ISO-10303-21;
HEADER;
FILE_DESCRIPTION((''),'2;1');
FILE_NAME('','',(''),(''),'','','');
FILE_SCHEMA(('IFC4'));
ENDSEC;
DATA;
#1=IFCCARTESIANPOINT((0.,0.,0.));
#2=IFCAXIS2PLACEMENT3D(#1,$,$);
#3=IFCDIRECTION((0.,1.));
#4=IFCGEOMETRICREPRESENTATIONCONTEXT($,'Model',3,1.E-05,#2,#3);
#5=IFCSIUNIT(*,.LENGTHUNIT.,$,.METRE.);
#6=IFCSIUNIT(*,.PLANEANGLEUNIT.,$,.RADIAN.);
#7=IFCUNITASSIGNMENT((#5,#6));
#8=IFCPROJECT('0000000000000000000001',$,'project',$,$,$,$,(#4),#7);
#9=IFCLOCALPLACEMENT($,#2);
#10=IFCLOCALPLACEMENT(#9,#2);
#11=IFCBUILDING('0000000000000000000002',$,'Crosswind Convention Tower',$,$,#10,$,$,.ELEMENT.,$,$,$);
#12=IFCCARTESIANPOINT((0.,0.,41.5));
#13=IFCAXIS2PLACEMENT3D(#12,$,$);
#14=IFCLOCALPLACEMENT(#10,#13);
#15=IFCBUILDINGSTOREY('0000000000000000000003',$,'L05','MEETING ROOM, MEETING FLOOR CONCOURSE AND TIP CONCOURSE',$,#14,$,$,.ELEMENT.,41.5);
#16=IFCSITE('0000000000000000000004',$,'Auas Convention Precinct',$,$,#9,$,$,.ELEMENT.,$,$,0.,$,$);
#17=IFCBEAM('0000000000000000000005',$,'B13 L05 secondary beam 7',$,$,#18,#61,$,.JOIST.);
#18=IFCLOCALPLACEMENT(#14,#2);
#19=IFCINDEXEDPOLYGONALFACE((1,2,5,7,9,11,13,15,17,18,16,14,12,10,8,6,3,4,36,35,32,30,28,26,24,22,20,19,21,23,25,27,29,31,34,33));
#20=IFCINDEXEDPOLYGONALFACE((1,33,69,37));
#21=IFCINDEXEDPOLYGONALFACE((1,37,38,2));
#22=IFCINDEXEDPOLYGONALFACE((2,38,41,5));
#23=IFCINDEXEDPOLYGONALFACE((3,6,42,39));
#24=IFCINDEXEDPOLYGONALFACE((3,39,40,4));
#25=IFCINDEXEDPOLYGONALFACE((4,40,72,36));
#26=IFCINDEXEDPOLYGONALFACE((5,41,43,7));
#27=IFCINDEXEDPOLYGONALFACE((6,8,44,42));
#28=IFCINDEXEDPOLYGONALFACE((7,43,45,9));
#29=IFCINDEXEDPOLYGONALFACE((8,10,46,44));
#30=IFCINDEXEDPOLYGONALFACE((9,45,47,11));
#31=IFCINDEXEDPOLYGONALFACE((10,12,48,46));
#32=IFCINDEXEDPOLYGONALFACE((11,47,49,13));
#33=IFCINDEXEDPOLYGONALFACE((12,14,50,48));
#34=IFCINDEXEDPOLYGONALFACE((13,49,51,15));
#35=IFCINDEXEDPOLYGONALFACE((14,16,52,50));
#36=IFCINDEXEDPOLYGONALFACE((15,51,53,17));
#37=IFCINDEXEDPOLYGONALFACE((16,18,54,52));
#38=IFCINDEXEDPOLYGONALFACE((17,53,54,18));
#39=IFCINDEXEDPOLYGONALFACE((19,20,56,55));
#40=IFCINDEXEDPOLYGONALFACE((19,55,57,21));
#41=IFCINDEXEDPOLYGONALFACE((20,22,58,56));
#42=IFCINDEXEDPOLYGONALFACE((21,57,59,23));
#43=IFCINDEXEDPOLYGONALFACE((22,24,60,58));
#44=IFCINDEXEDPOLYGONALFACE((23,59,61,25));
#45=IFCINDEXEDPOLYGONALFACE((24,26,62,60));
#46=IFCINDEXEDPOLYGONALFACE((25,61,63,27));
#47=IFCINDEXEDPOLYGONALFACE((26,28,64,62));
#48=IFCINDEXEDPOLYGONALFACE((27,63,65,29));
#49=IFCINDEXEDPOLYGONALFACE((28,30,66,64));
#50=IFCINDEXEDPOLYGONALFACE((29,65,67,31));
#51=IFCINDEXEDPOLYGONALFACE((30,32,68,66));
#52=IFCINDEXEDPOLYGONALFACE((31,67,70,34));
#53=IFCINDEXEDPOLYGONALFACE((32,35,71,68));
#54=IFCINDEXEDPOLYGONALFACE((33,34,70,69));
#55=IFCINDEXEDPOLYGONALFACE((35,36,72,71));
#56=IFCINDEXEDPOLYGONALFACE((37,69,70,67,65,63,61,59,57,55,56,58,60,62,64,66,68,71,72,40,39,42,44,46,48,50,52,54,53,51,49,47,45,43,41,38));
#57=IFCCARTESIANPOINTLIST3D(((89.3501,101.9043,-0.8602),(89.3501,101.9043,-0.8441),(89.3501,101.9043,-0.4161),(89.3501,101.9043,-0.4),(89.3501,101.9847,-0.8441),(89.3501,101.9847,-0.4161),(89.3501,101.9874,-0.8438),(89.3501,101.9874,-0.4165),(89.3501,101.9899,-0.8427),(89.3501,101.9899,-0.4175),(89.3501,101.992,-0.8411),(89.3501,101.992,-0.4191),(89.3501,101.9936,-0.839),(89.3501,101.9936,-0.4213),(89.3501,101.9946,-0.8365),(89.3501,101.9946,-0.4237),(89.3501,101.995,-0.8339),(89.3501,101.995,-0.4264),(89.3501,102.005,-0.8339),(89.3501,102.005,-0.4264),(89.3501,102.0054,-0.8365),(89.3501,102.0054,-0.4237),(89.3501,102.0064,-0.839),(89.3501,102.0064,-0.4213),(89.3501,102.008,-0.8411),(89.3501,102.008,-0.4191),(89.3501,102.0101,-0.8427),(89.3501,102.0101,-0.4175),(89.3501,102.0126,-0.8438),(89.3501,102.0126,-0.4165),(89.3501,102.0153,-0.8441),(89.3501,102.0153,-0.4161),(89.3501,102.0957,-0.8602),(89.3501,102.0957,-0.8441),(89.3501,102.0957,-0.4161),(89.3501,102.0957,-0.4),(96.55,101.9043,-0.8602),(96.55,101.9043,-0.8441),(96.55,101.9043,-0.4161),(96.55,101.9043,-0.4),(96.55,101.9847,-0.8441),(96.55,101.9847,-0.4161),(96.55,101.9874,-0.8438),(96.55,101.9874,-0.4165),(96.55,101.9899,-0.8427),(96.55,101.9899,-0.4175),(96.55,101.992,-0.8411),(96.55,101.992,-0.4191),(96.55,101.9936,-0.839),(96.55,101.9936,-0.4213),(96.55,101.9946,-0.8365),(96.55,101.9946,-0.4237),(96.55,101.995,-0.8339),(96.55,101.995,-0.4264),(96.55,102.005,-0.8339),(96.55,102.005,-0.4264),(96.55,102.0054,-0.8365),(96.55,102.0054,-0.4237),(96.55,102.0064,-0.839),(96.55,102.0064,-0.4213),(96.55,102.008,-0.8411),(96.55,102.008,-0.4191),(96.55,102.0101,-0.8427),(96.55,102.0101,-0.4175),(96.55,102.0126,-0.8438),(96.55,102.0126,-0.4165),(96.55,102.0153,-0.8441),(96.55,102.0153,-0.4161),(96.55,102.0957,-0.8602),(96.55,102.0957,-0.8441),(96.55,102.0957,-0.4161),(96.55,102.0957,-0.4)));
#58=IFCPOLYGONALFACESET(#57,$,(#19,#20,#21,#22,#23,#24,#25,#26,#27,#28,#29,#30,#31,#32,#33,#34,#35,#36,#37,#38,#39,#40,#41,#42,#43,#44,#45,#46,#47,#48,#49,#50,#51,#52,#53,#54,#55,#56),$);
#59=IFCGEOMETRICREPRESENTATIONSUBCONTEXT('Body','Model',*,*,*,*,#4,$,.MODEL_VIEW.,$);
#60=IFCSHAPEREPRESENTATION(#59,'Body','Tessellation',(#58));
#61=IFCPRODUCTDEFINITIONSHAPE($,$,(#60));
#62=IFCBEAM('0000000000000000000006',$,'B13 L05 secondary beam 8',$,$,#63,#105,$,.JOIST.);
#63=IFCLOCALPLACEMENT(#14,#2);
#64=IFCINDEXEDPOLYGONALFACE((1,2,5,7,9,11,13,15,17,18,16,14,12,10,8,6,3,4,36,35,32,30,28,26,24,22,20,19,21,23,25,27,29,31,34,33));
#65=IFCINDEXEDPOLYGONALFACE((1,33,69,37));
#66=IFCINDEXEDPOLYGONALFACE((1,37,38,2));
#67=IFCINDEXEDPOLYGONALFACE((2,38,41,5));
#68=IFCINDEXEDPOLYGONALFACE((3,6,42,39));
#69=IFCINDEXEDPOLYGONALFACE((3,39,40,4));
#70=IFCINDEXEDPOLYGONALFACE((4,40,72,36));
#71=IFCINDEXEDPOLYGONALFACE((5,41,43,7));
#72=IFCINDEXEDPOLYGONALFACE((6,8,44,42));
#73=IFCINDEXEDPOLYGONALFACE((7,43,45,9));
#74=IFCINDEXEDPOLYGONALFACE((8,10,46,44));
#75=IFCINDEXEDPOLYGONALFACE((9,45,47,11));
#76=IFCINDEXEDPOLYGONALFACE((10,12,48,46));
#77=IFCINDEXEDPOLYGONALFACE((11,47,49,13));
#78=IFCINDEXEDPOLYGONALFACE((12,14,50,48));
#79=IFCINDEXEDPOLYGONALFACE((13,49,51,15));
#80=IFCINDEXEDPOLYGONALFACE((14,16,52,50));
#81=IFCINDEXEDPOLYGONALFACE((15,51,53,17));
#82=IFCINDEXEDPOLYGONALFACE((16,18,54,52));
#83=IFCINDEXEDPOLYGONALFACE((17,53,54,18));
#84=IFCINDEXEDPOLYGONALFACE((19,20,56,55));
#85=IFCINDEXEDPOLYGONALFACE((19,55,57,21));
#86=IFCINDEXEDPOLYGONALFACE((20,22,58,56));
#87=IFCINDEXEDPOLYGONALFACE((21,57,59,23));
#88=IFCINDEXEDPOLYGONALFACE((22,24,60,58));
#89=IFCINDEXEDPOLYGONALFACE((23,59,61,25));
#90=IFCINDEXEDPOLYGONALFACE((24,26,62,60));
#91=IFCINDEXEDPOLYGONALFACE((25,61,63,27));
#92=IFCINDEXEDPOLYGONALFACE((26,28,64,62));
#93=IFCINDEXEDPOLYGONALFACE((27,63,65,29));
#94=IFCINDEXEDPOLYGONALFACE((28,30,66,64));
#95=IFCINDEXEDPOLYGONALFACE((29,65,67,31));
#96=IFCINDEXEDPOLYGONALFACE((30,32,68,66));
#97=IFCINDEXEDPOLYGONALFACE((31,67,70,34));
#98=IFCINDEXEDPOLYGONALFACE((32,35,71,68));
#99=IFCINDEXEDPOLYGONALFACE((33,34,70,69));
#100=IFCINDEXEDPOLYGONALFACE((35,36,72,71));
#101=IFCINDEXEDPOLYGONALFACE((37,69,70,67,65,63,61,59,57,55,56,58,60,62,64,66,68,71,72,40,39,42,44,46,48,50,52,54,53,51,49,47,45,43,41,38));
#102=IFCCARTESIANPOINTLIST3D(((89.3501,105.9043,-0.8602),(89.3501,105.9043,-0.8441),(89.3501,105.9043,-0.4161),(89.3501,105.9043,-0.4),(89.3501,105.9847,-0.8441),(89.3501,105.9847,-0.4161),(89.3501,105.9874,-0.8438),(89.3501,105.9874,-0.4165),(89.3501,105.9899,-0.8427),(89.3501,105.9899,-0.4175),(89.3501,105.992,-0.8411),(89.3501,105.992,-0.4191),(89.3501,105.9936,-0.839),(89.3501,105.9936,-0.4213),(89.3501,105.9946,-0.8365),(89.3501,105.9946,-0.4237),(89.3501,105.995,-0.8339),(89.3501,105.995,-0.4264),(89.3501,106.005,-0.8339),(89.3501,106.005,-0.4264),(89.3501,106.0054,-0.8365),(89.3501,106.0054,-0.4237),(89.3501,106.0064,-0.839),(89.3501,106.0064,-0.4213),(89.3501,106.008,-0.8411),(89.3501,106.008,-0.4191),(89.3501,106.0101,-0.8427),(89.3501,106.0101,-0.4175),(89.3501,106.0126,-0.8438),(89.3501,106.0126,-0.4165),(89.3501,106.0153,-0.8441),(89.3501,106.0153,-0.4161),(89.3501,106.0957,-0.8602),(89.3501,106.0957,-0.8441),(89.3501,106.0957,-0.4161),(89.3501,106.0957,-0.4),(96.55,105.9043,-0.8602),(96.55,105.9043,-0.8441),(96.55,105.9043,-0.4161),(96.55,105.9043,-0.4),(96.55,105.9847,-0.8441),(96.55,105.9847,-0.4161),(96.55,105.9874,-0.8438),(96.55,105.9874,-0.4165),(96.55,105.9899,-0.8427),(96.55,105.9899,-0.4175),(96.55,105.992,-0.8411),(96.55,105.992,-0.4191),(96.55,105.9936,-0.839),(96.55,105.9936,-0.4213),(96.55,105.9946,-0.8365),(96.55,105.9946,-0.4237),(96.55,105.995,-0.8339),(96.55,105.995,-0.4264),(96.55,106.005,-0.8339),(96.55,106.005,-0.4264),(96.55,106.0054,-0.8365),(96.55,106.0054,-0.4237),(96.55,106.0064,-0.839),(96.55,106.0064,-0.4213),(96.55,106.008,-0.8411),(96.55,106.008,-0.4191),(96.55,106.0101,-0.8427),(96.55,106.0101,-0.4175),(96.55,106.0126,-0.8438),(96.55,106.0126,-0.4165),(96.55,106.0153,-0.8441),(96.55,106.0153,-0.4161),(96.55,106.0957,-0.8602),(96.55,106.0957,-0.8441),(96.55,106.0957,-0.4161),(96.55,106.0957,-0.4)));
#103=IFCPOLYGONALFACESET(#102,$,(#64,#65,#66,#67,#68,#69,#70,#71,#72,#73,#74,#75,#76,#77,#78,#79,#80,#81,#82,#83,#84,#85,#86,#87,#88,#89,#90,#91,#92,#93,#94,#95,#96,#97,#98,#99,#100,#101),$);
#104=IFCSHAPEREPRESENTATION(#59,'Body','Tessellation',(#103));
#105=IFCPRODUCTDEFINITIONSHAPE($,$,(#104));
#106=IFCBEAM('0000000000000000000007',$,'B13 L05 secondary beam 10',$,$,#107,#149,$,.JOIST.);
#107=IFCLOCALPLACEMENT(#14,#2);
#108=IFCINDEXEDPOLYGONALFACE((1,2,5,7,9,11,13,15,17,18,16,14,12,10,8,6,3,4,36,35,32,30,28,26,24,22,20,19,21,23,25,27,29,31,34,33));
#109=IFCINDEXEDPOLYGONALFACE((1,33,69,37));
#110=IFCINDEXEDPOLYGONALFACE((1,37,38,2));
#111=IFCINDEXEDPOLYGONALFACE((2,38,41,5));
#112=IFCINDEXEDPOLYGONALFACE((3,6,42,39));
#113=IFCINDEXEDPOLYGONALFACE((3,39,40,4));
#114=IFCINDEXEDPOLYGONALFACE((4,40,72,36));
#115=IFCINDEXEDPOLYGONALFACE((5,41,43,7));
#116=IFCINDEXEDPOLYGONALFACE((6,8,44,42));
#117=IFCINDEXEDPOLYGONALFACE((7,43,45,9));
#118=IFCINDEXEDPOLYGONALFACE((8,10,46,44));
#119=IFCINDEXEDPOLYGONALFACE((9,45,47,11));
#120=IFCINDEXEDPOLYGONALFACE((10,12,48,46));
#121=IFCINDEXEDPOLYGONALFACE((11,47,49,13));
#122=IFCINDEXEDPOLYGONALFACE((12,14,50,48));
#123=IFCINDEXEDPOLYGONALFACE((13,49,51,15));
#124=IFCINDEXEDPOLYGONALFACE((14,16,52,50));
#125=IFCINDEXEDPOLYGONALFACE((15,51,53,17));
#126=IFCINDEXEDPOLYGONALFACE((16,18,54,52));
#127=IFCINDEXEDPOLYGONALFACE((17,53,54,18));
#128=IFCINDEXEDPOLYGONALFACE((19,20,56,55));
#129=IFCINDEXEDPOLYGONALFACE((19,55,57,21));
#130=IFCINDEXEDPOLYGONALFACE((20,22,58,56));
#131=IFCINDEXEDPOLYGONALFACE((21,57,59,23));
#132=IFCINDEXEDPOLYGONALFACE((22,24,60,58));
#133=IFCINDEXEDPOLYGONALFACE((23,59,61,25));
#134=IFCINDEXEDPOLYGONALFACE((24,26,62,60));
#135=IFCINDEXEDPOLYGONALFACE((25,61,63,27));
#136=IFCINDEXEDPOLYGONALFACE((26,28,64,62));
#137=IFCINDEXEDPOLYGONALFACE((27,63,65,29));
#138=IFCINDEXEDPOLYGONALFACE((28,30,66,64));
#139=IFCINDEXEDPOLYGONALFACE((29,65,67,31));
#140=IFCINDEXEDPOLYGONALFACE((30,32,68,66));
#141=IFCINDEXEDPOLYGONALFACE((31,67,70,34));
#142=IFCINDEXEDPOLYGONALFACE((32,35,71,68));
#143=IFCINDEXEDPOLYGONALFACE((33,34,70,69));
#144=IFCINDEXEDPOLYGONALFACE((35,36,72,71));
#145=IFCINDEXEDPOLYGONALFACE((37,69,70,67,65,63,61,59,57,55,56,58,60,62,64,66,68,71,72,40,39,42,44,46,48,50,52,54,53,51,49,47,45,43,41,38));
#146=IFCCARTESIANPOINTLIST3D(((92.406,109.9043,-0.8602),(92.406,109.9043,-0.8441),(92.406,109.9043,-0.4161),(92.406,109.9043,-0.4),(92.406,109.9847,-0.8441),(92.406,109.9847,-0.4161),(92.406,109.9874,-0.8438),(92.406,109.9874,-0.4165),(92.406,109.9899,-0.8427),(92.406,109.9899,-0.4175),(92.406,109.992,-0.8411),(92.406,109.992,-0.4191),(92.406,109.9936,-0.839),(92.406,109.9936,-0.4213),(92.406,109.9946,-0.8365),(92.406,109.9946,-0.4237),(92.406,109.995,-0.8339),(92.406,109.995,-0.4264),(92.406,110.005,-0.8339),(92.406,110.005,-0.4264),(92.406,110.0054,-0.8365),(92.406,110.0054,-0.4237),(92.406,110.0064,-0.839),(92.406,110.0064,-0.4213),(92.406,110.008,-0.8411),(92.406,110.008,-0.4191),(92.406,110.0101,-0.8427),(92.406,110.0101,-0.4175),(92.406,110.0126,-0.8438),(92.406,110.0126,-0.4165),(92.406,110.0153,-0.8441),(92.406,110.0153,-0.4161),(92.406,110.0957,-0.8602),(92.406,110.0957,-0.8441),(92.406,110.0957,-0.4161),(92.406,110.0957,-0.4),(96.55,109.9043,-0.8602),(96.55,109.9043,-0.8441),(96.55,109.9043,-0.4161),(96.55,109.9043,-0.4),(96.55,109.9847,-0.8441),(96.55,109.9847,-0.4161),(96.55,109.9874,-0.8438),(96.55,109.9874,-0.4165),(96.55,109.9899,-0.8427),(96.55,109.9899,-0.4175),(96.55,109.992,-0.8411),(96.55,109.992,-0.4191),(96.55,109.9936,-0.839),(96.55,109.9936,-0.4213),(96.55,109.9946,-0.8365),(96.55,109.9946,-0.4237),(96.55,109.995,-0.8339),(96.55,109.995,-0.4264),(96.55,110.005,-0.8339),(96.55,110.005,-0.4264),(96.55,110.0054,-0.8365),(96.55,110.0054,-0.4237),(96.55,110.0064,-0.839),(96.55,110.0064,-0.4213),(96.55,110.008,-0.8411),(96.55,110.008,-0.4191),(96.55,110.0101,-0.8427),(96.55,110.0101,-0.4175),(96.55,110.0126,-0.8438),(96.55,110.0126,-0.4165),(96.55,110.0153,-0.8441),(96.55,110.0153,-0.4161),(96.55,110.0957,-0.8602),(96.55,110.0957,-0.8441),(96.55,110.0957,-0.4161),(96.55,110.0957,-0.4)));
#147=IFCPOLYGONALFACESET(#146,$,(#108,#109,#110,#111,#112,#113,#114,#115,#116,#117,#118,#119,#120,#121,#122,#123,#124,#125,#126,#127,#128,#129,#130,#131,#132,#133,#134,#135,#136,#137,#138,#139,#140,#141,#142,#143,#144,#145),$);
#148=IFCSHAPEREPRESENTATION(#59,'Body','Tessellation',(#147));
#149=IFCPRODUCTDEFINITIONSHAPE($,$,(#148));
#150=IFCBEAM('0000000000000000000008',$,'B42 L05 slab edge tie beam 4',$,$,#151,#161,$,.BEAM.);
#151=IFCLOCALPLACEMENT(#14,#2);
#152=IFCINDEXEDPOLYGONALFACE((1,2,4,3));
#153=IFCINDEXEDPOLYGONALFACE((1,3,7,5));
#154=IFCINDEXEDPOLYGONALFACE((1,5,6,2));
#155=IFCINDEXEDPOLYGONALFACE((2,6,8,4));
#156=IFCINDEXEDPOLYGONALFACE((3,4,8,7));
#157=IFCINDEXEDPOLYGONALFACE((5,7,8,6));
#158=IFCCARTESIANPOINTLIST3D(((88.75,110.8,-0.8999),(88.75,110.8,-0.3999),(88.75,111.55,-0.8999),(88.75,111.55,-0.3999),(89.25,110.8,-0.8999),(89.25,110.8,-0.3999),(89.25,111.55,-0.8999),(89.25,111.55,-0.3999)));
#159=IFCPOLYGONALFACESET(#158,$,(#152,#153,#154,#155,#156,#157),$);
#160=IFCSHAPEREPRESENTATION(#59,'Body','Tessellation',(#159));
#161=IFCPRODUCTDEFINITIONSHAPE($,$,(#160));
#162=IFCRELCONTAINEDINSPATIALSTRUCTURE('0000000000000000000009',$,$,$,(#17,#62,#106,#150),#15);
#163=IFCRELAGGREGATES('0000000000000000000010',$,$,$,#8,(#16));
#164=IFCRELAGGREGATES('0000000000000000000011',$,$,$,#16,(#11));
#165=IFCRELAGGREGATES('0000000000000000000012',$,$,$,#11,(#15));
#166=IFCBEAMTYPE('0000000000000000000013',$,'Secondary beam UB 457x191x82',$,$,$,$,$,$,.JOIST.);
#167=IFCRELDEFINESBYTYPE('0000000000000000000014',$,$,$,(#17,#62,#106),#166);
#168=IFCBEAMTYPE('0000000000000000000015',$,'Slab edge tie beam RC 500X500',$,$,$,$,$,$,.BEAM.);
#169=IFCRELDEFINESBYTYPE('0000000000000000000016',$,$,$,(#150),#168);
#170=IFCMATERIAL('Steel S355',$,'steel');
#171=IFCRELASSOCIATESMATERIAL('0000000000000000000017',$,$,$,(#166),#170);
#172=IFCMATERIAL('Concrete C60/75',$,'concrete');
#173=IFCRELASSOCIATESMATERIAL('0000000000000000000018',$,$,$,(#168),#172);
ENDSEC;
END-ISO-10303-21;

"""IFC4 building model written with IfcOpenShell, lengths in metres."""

from ifc_helpers import new_model, si_unit, direction, frame, origin, origin_2d, place, context, subcontext, project, spatial, rectangle, i_section, extrude, material, material_profile, profile_set, type_object, element, save


model = new_model("IFC4")

# Units and contexts
model_context = context("Model", 3, precision=1e-05, world=origin(), true_north=direction((0.0, 1.0)))
body_context = subcontext(model_context, "Body", "Model", "MODEL_VIEW")
ifc_project = project(units=[si_unit("LENGTHUNIT", "METRE"), si_unit("PLANEANGLEUNIT", "RADIAN")], contexts=[model_context])

# Site, building, storey
site_placement = place(None, origin())
site = spatial("IfcSite", under=ifc_project, at=site_placement, Name="Auas Convention Precinct", CompositionType="ELEMENT", RefElevation=0.0)
building_placement = place(site_placement, origin())
building = spatial("IfcBuilding", under=site, at=building_placement, Name="Crosswind Convention Tower", CompositionType="ELEMENT")
storey_placement = place(building_placement, frame((0.0, 0.0, 41.5)))
storey = spatial("IfcBuildingStorey", under=building, at=storey_placement, Name="L05", Description="MEETING ROOM, MEETING FLOOR CONCOURSE AND TIP CONCOURSE", CompositionType="ELEMENT", Elevation=41.5)

# Shared definitions
ifc_material_1 = material(Name="Concrete C60/75", Category="concrete")

# Beams
ifc_material_2 = material(Name="Steel S355", Category="steel")
ifc_material_profile_1 = material_profile(ifc_material_2, i_section(OverallWidth=0.1914, OverallDepth=0.4602, WebThickness=0.01, FlangeThickness=0.0161, FilletRadius=0.0103, at=origin_2d()), Name="UB 457x191x82")
ifc_profile_set_1 = profile_set([ifc_material_profile_1], Name="Steel S355")
beam_type_1 = type_object("IfcBeamType", Name="Secondary beam UB 457x191x82", PredefinedType="JOIST", material=ifc_profile_set_1)
for number, where, z_axis, x_axis, name in (
    (1, (89.3501, 102.0, -0.6301), (1.0, 0.0, 0.0), (0.0, 1.0, 0.0), "B13 L05 secondary beam 7"),
    (2, (89.3501, 106.0, -0.6301), (1.0, 0.0, 0.0), (0.0, 1.0, 0.0), "B13 L05 secondary beam 8"),
):
    element("IfcBeam", number, at=place(storey_placement, frame(where, z_axis=z_axis, x_axis=x_axis)), inside=storey, type_object=beam_type_1, Name=name, PredefinedType="JOIST", context=body_context, shape_type="SweptSolid", body=[
        extrude(i_section(OverallWidth=0.1914, OverallDepth=0.4602, WebThickness=0.01, FlangeThickness=0.0161, FilletRadius=0.0103, at=origin_2d()), origin(), (0.0, 0.0, 1.0), 7.2),
    ])
beam_1_placement = place(storey_placement, frame((92.406, 110.0, -0.6301), z_axis=(1.0, 0.0, 0.0), x_axis=(0.0, 1.0, 0.0)))
element("IfcBeam", 3, at=beam_1_placement, inside=storey, type_object=beam_type_1, Name="B13 L05 secondary beam 10", PredefinedType="JOIST", context=body_context, shape_type="SweptSolid", body=[
    extrude(i_section(OverallWidth=0.1914, OverallDepth=0.4602, WebThickness=0.01, FlangeThickness=0.0161, FilletRadius=0.0103, at=origin_2d()), origin(), (0.0, 0.0, 1.0), 4.144),
])
ifc_material_profile_2 = material_profile(ifc_material_1, rectangle(XDim=0.5, YDim=0.5, at=origin_2d()), Name="RC 500X500")
ifc_profile_set_2 = profile_set([ifc_material_profile_2], Name="Concrete C60/75")
beam_type_2 = type_object("IfcBeamType", Name="Slab edge tie beam RC 500X500", PredefinedType="BEAM", material=ifc_profile_set_2)
beam_2_placement = place(storey_placement, frame((89.0, 110.8, -0.6499), z_axis=(0.0, 1.0, 0.0), x_axis=(-1.0, 0.0, 0.0)))
element("IfcBeam", 4, at=beam_2_placement, inside=storey, type_object=beam_type_2, Name="B42 L05 slab edge tie beam 4", PredefinedType="BEAM", context=body_context, shape_type="SweptSolid", body=[
    extrude(rectangle(XDim=0.5, YDim=0.5, at=origin_2d()), origin(), (0.0, 0.0, 1.0), 0.75),
])

save(model, "model.ifc")
